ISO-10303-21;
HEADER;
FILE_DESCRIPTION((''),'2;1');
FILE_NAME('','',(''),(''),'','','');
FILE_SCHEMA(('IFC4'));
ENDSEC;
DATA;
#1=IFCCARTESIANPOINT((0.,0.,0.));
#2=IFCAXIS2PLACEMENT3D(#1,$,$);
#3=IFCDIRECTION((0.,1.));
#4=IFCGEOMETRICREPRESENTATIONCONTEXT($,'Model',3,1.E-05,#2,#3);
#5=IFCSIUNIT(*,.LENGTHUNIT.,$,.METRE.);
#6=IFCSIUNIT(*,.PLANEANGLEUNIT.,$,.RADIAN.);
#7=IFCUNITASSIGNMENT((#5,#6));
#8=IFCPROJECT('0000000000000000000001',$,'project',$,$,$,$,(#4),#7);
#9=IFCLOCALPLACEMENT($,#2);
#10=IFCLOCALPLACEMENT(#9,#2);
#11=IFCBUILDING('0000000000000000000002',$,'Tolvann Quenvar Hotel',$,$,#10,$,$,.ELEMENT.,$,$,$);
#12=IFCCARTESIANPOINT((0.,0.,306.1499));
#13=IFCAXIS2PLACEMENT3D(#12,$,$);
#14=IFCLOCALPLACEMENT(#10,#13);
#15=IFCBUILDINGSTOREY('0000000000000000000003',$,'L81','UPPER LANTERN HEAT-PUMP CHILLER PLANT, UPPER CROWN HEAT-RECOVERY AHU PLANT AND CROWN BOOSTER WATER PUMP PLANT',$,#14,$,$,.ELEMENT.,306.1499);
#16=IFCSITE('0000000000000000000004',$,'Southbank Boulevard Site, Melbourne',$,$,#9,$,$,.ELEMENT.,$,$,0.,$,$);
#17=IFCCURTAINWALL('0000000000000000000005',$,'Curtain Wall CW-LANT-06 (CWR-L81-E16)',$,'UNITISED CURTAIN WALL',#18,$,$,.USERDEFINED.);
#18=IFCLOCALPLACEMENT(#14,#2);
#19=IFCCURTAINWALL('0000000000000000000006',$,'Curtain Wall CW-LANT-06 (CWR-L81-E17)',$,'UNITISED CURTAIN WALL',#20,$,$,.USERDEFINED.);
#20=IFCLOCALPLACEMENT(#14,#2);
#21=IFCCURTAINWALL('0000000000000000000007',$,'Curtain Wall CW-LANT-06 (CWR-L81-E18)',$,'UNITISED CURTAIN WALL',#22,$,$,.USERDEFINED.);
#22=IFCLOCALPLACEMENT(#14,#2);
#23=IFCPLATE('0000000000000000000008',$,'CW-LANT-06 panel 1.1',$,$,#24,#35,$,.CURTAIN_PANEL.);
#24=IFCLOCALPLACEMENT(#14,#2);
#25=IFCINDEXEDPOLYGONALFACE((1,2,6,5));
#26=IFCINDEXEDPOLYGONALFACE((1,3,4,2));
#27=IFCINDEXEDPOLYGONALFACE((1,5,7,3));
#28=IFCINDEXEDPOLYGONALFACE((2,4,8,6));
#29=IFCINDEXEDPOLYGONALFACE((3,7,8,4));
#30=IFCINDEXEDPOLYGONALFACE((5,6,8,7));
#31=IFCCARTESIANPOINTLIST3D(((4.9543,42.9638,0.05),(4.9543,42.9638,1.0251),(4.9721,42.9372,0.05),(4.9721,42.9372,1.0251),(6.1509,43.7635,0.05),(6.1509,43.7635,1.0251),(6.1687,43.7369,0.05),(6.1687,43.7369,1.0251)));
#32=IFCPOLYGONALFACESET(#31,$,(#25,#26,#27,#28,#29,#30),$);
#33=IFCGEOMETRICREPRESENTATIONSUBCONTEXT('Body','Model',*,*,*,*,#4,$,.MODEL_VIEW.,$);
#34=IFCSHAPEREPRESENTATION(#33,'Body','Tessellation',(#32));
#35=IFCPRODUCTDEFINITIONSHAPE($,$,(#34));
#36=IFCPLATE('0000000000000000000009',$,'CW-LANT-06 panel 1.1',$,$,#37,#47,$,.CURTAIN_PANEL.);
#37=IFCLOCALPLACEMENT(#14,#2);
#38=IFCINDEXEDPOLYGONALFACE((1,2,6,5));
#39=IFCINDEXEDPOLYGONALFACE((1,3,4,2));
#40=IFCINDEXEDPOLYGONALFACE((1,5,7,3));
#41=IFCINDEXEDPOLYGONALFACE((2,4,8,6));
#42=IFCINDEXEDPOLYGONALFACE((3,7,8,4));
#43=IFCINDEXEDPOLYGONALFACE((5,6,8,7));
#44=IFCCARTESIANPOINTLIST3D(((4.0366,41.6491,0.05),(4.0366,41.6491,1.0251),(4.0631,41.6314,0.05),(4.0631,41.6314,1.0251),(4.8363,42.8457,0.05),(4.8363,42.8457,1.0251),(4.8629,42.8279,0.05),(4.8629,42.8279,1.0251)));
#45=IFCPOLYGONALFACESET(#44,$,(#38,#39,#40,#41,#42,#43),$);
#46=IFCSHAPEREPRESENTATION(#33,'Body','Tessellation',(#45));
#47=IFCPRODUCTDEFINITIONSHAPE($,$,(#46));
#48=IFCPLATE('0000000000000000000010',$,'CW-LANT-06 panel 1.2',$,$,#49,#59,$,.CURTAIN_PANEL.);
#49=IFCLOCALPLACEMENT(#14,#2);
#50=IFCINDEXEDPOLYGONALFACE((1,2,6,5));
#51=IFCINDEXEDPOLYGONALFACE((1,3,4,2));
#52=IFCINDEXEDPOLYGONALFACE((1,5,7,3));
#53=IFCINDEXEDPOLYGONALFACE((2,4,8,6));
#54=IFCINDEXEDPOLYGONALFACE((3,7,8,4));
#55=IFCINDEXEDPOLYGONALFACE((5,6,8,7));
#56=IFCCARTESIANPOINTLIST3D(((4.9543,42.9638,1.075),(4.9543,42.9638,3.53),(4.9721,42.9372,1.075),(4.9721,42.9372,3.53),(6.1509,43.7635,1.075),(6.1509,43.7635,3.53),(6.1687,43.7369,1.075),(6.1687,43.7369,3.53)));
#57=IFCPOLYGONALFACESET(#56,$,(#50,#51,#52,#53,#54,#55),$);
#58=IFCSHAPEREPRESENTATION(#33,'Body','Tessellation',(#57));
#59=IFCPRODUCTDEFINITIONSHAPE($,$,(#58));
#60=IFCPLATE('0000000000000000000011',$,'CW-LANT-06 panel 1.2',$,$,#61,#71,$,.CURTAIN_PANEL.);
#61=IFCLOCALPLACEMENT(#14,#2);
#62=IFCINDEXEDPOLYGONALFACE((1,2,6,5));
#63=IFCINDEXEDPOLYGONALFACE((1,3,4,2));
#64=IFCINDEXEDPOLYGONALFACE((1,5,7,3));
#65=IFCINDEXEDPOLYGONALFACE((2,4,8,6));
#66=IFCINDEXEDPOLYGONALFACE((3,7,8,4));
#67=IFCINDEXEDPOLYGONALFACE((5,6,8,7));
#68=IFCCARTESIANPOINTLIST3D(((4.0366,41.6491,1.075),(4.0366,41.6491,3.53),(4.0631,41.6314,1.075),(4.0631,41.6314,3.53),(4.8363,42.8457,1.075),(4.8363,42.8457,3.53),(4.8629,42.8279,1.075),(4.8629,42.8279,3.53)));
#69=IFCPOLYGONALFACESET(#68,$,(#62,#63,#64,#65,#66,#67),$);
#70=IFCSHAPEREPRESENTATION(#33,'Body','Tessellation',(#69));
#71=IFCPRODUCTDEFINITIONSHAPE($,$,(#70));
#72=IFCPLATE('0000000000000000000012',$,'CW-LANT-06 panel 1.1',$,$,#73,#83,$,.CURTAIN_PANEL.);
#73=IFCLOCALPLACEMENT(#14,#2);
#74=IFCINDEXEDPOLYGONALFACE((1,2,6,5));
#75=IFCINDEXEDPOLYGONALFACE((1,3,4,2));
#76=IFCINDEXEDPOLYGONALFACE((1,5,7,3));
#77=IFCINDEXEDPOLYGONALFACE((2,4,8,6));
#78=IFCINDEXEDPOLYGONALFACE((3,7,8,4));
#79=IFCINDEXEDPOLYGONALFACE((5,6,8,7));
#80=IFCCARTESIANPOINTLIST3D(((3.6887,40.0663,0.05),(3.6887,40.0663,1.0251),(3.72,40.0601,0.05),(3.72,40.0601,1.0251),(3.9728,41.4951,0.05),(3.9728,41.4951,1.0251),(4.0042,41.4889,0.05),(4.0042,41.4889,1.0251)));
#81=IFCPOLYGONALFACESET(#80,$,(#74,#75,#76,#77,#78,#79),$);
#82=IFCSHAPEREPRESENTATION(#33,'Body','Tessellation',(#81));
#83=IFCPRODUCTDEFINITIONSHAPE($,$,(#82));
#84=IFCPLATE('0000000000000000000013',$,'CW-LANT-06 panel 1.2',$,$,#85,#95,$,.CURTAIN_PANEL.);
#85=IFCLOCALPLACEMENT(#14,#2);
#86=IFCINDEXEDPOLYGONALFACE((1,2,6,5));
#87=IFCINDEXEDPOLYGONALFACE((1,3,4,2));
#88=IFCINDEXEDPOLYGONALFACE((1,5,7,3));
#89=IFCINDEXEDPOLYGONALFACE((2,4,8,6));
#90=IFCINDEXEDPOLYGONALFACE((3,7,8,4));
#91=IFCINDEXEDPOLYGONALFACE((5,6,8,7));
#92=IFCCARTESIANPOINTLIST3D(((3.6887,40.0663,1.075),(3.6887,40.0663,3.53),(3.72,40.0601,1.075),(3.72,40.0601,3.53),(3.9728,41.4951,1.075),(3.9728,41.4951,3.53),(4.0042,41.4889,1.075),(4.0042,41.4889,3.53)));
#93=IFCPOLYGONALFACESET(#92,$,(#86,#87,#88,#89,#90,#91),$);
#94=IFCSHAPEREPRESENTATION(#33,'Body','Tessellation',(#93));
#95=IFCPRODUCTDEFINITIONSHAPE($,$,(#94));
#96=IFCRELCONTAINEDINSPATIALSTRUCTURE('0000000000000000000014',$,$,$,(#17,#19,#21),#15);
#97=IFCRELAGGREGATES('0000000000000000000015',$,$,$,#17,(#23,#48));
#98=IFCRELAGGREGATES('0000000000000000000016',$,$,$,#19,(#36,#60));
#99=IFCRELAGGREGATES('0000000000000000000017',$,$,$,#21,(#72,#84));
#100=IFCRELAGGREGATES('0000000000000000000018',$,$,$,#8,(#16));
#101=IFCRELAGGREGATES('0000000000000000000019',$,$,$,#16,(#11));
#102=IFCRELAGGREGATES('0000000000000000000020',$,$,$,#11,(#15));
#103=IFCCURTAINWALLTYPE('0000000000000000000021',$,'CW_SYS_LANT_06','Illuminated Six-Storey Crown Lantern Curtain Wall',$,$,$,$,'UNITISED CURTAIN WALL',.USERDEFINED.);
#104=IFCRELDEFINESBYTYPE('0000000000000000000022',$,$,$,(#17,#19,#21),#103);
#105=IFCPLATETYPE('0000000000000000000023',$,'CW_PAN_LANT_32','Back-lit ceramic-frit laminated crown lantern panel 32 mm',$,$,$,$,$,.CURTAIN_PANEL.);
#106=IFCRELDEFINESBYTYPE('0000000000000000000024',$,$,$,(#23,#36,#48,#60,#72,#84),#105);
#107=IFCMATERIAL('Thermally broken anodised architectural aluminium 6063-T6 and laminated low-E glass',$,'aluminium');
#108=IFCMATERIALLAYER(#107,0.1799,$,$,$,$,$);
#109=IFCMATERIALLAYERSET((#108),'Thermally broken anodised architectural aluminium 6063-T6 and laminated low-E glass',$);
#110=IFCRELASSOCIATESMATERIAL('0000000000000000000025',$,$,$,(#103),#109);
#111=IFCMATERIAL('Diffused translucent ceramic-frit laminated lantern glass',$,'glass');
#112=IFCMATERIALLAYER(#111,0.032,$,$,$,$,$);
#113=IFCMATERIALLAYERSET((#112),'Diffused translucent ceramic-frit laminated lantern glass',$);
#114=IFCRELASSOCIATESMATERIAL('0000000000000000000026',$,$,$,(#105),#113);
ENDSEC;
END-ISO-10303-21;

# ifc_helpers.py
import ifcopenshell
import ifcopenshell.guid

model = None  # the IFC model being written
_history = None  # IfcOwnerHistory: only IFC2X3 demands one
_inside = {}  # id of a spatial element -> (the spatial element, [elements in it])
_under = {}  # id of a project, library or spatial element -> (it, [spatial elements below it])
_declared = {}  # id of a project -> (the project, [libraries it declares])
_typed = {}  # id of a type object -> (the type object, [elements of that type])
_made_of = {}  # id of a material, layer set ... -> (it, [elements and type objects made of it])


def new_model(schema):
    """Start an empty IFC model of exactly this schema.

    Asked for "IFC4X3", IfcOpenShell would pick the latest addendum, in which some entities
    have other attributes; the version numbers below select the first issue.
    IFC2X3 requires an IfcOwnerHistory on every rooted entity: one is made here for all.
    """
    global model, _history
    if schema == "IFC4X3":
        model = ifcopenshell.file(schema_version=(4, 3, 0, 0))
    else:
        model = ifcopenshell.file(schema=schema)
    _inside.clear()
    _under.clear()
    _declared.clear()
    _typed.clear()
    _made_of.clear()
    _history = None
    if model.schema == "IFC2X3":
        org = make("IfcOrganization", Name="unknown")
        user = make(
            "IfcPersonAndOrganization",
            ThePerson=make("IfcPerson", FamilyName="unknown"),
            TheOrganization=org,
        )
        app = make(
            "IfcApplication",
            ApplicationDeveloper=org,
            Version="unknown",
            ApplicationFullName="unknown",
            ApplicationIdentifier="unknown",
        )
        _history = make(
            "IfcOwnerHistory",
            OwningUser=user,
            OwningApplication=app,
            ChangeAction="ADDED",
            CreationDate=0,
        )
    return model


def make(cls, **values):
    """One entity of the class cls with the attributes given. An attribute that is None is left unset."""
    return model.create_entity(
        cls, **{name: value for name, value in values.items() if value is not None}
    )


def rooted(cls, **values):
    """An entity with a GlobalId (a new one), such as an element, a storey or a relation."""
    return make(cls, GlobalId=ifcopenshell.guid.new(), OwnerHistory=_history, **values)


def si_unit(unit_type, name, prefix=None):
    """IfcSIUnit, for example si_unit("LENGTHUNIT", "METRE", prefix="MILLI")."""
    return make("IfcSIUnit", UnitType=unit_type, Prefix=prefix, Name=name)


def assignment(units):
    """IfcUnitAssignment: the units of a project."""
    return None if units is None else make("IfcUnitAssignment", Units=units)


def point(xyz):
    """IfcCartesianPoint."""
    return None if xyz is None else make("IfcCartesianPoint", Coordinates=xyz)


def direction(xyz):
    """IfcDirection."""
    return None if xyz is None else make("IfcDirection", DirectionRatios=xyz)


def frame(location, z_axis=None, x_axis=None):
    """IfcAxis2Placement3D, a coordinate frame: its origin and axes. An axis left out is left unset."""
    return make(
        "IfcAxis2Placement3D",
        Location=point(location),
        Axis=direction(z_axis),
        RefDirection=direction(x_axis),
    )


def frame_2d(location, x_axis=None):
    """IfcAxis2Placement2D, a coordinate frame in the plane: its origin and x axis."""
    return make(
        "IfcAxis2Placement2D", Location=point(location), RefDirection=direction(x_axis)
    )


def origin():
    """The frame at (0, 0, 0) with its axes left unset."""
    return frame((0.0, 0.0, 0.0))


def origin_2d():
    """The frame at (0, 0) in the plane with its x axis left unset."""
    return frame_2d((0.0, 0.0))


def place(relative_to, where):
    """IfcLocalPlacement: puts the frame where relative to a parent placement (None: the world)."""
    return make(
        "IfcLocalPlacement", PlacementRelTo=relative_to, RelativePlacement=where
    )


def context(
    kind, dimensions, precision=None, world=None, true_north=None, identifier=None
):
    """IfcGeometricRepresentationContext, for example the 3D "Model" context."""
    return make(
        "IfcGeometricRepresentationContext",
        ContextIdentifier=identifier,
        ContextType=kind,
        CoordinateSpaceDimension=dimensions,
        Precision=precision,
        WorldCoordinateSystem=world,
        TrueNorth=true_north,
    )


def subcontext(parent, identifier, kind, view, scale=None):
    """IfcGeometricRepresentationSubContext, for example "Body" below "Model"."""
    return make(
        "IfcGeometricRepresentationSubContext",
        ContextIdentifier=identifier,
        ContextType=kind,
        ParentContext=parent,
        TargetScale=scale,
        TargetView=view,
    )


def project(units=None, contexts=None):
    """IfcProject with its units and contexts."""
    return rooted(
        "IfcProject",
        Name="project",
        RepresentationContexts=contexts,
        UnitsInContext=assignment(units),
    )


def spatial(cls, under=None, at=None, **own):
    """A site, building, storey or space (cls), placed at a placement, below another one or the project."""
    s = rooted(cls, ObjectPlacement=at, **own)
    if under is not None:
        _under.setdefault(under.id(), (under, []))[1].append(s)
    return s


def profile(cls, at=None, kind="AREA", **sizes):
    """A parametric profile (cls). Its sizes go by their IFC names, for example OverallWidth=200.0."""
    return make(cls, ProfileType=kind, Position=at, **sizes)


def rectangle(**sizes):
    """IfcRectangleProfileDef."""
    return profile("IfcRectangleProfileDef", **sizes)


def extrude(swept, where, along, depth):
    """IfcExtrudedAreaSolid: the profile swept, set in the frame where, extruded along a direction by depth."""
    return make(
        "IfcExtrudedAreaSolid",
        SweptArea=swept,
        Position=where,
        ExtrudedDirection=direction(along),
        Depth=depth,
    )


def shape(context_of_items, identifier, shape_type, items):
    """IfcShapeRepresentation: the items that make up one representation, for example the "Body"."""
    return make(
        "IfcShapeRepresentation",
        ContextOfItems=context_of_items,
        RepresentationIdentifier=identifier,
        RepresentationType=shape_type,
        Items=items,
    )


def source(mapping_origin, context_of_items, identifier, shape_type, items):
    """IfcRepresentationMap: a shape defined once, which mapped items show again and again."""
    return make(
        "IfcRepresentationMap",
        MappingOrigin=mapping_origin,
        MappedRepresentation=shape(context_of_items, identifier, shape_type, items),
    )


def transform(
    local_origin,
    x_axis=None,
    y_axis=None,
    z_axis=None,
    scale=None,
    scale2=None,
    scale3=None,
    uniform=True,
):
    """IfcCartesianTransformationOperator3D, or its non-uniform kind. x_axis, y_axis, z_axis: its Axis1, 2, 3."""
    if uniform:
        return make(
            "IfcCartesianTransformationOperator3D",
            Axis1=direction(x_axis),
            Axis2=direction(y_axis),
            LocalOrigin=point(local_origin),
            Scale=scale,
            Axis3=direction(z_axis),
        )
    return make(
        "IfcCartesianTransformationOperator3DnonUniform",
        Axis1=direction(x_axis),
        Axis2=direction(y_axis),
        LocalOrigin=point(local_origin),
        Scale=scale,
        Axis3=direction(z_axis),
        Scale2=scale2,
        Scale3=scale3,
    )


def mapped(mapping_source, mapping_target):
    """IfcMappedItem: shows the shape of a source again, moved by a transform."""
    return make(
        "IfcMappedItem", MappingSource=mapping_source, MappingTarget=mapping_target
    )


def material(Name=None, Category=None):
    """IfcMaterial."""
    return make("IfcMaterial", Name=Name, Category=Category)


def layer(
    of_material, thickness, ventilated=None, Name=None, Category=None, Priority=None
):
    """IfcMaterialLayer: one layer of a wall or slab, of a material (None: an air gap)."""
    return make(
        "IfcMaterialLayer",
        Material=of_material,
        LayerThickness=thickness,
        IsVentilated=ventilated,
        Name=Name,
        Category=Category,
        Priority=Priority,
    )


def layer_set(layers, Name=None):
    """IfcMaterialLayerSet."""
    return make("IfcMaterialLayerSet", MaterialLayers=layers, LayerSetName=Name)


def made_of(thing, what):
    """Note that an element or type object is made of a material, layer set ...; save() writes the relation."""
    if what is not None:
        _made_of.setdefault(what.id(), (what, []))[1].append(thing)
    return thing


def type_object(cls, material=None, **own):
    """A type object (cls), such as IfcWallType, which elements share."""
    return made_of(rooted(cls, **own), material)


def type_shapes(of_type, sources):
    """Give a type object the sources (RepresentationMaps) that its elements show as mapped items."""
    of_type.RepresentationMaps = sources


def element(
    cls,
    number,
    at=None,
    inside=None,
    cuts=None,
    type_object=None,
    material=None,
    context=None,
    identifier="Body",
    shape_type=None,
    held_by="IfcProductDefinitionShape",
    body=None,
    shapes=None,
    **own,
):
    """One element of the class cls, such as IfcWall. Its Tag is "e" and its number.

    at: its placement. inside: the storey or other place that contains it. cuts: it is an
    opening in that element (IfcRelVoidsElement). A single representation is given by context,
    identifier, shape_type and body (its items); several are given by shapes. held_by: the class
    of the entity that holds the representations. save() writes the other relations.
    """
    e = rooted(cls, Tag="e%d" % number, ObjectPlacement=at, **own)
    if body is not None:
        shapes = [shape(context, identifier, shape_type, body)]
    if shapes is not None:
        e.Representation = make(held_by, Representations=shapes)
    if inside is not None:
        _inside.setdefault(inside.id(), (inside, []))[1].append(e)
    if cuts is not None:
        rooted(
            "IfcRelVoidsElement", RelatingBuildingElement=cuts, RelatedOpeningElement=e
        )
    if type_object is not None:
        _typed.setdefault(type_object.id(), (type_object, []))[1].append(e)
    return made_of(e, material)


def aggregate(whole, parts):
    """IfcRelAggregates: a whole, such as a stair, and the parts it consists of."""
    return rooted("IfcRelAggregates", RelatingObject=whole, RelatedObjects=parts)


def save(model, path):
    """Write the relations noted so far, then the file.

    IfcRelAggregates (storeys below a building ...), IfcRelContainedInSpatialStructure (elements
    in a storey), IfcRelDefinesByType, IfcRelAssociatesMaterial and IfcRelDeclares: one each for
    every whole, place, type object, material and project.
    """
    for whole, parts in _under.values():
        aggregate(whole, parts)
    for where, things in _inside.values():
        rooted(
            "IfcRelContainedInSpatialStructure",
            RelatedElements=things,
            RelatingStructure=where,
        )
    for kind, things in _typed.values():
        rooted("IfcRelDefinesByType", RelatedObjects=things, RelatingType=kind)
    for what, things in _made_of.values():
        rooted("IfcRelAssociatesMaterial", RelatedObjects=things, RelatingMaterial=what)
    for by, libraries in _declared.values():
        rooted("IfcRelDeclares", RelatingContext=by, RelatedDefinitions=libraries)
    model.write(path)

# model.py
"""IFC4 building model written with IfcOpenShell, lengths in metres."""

from ifc_helpers import new_model, si_unit, direction, frame, origin, origin_2d, place, context, subcontext, project, spatial, rectangle, extrude, source, transform, mapped, material, layer, layer_set, type_object, type_shapes, element, aggregate, save


model = new_model("IFC4")

# Units and contexts
model_context = context("Model", 3, precision=1e-05, world=origin(), true_north=direction((0.0, 1.0)))
body_context = subcontext(model_context, "Body", "Model", "MODEL_VIEW")
ifc_project = project(units=[si_unit("LENGTHUNIT", "METRE"), si_unit("PLANEANGLEUNIT", "RADIAN")], contexts=[model_context])

# Site, building, storey
site_placement = place(None, origin())
site = spatial("IfcSite", under=ifc_project, at=site_placement, Name="Southbank Boulevard Site, Melbourne", CompositionType="ELEMENT", RefElevation=0.0)
building_placement = place(site_placement, origin())
building = spatial("IfcBuilding", under=site, at=building_placement, Name="Tolvann Quenvar Hotel", CompositionType="ELEMENT")
storey_placement = place(building_placement, frame((0.0, 0.0, 306.1499)))
storey = spatial("IfcBuildingStorey", under=building, at=storey_placement, Name="L81", Description="UPPER LANTERN HEAT-PUMP CHILLER PLANT, UPPER CROWN HEAT-RECOVERY AHU PLANT AND CROWN BOOSTER WATER PUMP PLANT", CompositionType="ELEMENT", Elevation=306.1499)

# Curtain wall
ifc_material_1 = material(Name="Thermally broken anodised architectural aluminium 6063-T6 and laminated low-E glass", Category="aluminium")
ifc_layer_1 = layer(ifc_material_1, 0.1799)
ifc_layer_set_1 = layer_set([ifc_layer_1], Name="Thermally broken anodised architectural aluminium 6063-T6 and laminated low-E glass")
curtain_wall_type = type_object("IfcCurtainWallType", Name="CW_SYS_LANT_06", Description="Illuminated Six-Storey Crown Lantern Curtain Wall", ElementType="UNITISED CURTAIN WALL", PredefinedType="USERDEFINED", material=ifc_layer_set_1)
curtain_wall_1_placement = place(storey_placement, origin())
curtain_wall_1 = element("IfcCurtainWall", 1, at=curtain_wall_1_placement, inside=storey, type_object=curtain_wall_type, Name="Curtain Wall CW-LANT-06 (CWR-L81-E16)", ObjectType="UNITISED CURTAIN WALL", PredefinedType="USERDEFINED")

# Curtain walls
curtain_wall_2_placement = place(storey_placement, origin())
curtain_wall_2 = element("IfcCurtainWall", 2, at=curtain_wall_2_placement, inside=storey, type_object=curtain_wall_type, Name="Curtain Wall CW-LANT-06 (CWR-L81-E17)", ObjectType="UNITISED CURTAIN WALL", PredefinedType="USERDEFINED")
curtain_wall_3_placement = place(storey_placement, origin())
curtain_wall_3 = element("IfcCurtainWall", 3, at=curtain_wall_3_placement, inside=storey, type_object=curtain_wall_type, Name="Curtain Wall CW-LANT-06 (CWR-L81-E18)", ObjectType="UNITISED CURTAIN WALL", PredefinedType="USERDEFINED")

# Plates
ifc_material_2 = material(Name="Diffused translucent ceramic-frit laminated lantern glass", Category="glass")
ifc_layer_2 = layer(ifc_material_2, 0.032)
ifc_layer_set_2 = layer_set([ifc_layer_2], Name="Diffused translucent ceramic-frit laminated lantern glass")
plate_type_1 = type_object("IfcPlateType", Name="CW_PAN_LANT_32", Description="Back-lit ceramic-frit laminated crown lantern panel 32 mm", PredefinedType="CURTAIN_PANEL", material=ifc_layer_set_2)
shared_shape_1 = source(origin(), body_context, "Body", "SweptSolid", [
    extrude(rectangle(XDim=1.4392, YDim=0.032, at=origin_2d()), origin(), (0.0, 0.0, 1.0), 0.9751),
])
plate_1_placement = place(storey_placement, frame((5.5615, 43.3503, 0.05), z_axis=(0.0, 0.0, 1.0), x_axis=(-0.831412, -0.555656, 0.0)))
plate_1 = element("IfcPlate", 4, at=plate_1_placement, type_object=plate_type_1, Name="CW-LANT-06 panel 1.1", PredefinedType="CURTAIN_PANEL", context=body_context, shape_type="MappedRepresentation", body=[
    mapped(shared_shape_1, transform((0.0, 0.0, 0.0), x_axis=(1.0, 0.0, 0.0), y_axis=(0.0, 1.0, 0.0), z_axis=(0.0, 0.0, 1.0), scale=1.0)),
])
plate_2_placement = place(storey_placement, frame((4.4497, 42.2385, 0.05), z_axis=(0.0, 0.0, 1.0), x_axis=(-0.555656, -0.831412, 0.0)))
plate_2 = element("IfcPlate", 5, at=plate_2_placement, type_object=plate_type_1, Name="CW-LANT-06 panel 1.1", PredefinedType="CURTAIN_PANEL", context=body_context, shape_type="MappedRepresentation", body=[
    mapped(shared_shape_1, transform((0.0, 0.0, 0.0), x_axis=(1.0, 0.0, 0.0), y_axis=(0.0, 1.0, 0.0), z_axis=(0.0, 0.0, 1.0), scale=1.0)),
])
shared_shape_2 = source(origin(), body_context, "Body", "SweptSolid", [
    extrude(rectangle(XDim=1.4392, YDim=0.032, at=origin_2d()), origin(), (0.0, 0.0, 1.0), 2.4551),
])
plate_3_placement = place(storey_placement, frame((5.5615, 43.3503, 1.075), z_axis=(0.0, 0.0, 1.0), x_axis=(-0.831412, -0.555656, 0.0)))
plate_3 = element("IfcPlate", 6, at=plate_3_placement, type_object=plate_type_1, Name="CW-LANT-06 panel 1.2", PredefinedType="CURTAIN_PANEL", context=body_context, shape_type="MappedRepresentation", body=[
    mapped(shared_shape_2, transform((0.0, 0.0, 0.0), x_axis=(1.0, 0.0, 0.0), y_axis=(0.0, 1.0, 0.0), z_axis=(0.0, 0.0, 1.0), scale=1.0)),
])
aggregate(curtain_wall_1, [plate_1, plate_3])
plate_4_placement = place(storey_placement, frame((4.4497, 42.2385, 1.075), z_axis=(0.0, 0.0, 1.0), x_axis=(-0.555656, -0.831412, 0.0)))
plate_4 = element("IfcPlate", 7, at=plate_4_placement, type_object=plate_type_1, Name="CW-LANT-06 panel 1.2", PredefinedType="CURTAIN_PANEL", context=body_context, shape_type="MappedRepresentation", body=[
    mapped(shared_shape_2, transform((0.0, 0.0, 0.0), x_axis=(1.0, 0.0, 0.0), y_axis=(0.0, 1.0, 0.0), z_axis=(0.0, 0.0, 1.0), scale=1.0)),
])
aggregate(curtain_wall_2, [plate_2, plate_4])
shared_shape_3 = source(origin(), body_context, "Body", "SweptSolid", [
    extrude(rectangle(XDim=1.4568, YDim=0.032, at=origin_2d()), origin(), (0.0, 0.0, 1.0), 0.9751),
])
plate_5_placement = place(storey_placement, frame((3.8464, 40.7776, 0.05), z_axis=(0.0, 0.0, 1.0), x_axis=(-0.195062, -0.980791, 0.0)))
plate_5 = element("IfcPlate", 8, at=plate_5_placement, type_object=plate_type_1, Name="CW-LANT-06 panel 1.1", PredefinedType="CURTAIN_PANEL", context=body_context, shape_type="MappedRepresentation", body=[
    mapped(shared_shape_3, transform((0.0, 0.0, 0.0), x_axis=(1.0, 0.0, 0.0), y_axis=(0.0, 1.0, 0.0), z_axis=(0.0, 0.0, 1.0), scale=1.0)),
])
shared_shape_4 = source(origin(), body_context, "Body", "SweptSolid", [
    extrude(rectangle(XDim=1.4568, YDim=0.032, at=origin_2d()), origin(), (0.0, 0.0, 1.0), 2.4551),
])
type_shapes(plate_type_1, [shared_shape_1, shared_shape_2, shared_shape_3, shared_shape_4])
plate_6_placement = place(storey_placement, frame((3.8464, 40.7776, 1.075), z_axis=(0.0, 0.0, 1.0), x_axis=(-0.195062, -0.980791, 0.0)))
plate_6 = element("IfcPlate", 9, at=plate_6_placement, type_object=plate_type_1, Name="CW-LANT-06 panel 1.2", PredefinedType="CURTAIN_PANEL", context=body_context, shape_type="MappedRepresentation", body=[
    mapped(shared_shape_4, transform((0.0, 0.0, 0.0), x_axis=(1.0, 0.0, 0.0), y_axis=(0.0, 1.0, 0.0), z_axis=(0.0, 0.0, 1.0), scale=1.0)),
])
aggregate(curtain_wall_3, [plate_5, plate_6])

save(model, "model.ifc")
